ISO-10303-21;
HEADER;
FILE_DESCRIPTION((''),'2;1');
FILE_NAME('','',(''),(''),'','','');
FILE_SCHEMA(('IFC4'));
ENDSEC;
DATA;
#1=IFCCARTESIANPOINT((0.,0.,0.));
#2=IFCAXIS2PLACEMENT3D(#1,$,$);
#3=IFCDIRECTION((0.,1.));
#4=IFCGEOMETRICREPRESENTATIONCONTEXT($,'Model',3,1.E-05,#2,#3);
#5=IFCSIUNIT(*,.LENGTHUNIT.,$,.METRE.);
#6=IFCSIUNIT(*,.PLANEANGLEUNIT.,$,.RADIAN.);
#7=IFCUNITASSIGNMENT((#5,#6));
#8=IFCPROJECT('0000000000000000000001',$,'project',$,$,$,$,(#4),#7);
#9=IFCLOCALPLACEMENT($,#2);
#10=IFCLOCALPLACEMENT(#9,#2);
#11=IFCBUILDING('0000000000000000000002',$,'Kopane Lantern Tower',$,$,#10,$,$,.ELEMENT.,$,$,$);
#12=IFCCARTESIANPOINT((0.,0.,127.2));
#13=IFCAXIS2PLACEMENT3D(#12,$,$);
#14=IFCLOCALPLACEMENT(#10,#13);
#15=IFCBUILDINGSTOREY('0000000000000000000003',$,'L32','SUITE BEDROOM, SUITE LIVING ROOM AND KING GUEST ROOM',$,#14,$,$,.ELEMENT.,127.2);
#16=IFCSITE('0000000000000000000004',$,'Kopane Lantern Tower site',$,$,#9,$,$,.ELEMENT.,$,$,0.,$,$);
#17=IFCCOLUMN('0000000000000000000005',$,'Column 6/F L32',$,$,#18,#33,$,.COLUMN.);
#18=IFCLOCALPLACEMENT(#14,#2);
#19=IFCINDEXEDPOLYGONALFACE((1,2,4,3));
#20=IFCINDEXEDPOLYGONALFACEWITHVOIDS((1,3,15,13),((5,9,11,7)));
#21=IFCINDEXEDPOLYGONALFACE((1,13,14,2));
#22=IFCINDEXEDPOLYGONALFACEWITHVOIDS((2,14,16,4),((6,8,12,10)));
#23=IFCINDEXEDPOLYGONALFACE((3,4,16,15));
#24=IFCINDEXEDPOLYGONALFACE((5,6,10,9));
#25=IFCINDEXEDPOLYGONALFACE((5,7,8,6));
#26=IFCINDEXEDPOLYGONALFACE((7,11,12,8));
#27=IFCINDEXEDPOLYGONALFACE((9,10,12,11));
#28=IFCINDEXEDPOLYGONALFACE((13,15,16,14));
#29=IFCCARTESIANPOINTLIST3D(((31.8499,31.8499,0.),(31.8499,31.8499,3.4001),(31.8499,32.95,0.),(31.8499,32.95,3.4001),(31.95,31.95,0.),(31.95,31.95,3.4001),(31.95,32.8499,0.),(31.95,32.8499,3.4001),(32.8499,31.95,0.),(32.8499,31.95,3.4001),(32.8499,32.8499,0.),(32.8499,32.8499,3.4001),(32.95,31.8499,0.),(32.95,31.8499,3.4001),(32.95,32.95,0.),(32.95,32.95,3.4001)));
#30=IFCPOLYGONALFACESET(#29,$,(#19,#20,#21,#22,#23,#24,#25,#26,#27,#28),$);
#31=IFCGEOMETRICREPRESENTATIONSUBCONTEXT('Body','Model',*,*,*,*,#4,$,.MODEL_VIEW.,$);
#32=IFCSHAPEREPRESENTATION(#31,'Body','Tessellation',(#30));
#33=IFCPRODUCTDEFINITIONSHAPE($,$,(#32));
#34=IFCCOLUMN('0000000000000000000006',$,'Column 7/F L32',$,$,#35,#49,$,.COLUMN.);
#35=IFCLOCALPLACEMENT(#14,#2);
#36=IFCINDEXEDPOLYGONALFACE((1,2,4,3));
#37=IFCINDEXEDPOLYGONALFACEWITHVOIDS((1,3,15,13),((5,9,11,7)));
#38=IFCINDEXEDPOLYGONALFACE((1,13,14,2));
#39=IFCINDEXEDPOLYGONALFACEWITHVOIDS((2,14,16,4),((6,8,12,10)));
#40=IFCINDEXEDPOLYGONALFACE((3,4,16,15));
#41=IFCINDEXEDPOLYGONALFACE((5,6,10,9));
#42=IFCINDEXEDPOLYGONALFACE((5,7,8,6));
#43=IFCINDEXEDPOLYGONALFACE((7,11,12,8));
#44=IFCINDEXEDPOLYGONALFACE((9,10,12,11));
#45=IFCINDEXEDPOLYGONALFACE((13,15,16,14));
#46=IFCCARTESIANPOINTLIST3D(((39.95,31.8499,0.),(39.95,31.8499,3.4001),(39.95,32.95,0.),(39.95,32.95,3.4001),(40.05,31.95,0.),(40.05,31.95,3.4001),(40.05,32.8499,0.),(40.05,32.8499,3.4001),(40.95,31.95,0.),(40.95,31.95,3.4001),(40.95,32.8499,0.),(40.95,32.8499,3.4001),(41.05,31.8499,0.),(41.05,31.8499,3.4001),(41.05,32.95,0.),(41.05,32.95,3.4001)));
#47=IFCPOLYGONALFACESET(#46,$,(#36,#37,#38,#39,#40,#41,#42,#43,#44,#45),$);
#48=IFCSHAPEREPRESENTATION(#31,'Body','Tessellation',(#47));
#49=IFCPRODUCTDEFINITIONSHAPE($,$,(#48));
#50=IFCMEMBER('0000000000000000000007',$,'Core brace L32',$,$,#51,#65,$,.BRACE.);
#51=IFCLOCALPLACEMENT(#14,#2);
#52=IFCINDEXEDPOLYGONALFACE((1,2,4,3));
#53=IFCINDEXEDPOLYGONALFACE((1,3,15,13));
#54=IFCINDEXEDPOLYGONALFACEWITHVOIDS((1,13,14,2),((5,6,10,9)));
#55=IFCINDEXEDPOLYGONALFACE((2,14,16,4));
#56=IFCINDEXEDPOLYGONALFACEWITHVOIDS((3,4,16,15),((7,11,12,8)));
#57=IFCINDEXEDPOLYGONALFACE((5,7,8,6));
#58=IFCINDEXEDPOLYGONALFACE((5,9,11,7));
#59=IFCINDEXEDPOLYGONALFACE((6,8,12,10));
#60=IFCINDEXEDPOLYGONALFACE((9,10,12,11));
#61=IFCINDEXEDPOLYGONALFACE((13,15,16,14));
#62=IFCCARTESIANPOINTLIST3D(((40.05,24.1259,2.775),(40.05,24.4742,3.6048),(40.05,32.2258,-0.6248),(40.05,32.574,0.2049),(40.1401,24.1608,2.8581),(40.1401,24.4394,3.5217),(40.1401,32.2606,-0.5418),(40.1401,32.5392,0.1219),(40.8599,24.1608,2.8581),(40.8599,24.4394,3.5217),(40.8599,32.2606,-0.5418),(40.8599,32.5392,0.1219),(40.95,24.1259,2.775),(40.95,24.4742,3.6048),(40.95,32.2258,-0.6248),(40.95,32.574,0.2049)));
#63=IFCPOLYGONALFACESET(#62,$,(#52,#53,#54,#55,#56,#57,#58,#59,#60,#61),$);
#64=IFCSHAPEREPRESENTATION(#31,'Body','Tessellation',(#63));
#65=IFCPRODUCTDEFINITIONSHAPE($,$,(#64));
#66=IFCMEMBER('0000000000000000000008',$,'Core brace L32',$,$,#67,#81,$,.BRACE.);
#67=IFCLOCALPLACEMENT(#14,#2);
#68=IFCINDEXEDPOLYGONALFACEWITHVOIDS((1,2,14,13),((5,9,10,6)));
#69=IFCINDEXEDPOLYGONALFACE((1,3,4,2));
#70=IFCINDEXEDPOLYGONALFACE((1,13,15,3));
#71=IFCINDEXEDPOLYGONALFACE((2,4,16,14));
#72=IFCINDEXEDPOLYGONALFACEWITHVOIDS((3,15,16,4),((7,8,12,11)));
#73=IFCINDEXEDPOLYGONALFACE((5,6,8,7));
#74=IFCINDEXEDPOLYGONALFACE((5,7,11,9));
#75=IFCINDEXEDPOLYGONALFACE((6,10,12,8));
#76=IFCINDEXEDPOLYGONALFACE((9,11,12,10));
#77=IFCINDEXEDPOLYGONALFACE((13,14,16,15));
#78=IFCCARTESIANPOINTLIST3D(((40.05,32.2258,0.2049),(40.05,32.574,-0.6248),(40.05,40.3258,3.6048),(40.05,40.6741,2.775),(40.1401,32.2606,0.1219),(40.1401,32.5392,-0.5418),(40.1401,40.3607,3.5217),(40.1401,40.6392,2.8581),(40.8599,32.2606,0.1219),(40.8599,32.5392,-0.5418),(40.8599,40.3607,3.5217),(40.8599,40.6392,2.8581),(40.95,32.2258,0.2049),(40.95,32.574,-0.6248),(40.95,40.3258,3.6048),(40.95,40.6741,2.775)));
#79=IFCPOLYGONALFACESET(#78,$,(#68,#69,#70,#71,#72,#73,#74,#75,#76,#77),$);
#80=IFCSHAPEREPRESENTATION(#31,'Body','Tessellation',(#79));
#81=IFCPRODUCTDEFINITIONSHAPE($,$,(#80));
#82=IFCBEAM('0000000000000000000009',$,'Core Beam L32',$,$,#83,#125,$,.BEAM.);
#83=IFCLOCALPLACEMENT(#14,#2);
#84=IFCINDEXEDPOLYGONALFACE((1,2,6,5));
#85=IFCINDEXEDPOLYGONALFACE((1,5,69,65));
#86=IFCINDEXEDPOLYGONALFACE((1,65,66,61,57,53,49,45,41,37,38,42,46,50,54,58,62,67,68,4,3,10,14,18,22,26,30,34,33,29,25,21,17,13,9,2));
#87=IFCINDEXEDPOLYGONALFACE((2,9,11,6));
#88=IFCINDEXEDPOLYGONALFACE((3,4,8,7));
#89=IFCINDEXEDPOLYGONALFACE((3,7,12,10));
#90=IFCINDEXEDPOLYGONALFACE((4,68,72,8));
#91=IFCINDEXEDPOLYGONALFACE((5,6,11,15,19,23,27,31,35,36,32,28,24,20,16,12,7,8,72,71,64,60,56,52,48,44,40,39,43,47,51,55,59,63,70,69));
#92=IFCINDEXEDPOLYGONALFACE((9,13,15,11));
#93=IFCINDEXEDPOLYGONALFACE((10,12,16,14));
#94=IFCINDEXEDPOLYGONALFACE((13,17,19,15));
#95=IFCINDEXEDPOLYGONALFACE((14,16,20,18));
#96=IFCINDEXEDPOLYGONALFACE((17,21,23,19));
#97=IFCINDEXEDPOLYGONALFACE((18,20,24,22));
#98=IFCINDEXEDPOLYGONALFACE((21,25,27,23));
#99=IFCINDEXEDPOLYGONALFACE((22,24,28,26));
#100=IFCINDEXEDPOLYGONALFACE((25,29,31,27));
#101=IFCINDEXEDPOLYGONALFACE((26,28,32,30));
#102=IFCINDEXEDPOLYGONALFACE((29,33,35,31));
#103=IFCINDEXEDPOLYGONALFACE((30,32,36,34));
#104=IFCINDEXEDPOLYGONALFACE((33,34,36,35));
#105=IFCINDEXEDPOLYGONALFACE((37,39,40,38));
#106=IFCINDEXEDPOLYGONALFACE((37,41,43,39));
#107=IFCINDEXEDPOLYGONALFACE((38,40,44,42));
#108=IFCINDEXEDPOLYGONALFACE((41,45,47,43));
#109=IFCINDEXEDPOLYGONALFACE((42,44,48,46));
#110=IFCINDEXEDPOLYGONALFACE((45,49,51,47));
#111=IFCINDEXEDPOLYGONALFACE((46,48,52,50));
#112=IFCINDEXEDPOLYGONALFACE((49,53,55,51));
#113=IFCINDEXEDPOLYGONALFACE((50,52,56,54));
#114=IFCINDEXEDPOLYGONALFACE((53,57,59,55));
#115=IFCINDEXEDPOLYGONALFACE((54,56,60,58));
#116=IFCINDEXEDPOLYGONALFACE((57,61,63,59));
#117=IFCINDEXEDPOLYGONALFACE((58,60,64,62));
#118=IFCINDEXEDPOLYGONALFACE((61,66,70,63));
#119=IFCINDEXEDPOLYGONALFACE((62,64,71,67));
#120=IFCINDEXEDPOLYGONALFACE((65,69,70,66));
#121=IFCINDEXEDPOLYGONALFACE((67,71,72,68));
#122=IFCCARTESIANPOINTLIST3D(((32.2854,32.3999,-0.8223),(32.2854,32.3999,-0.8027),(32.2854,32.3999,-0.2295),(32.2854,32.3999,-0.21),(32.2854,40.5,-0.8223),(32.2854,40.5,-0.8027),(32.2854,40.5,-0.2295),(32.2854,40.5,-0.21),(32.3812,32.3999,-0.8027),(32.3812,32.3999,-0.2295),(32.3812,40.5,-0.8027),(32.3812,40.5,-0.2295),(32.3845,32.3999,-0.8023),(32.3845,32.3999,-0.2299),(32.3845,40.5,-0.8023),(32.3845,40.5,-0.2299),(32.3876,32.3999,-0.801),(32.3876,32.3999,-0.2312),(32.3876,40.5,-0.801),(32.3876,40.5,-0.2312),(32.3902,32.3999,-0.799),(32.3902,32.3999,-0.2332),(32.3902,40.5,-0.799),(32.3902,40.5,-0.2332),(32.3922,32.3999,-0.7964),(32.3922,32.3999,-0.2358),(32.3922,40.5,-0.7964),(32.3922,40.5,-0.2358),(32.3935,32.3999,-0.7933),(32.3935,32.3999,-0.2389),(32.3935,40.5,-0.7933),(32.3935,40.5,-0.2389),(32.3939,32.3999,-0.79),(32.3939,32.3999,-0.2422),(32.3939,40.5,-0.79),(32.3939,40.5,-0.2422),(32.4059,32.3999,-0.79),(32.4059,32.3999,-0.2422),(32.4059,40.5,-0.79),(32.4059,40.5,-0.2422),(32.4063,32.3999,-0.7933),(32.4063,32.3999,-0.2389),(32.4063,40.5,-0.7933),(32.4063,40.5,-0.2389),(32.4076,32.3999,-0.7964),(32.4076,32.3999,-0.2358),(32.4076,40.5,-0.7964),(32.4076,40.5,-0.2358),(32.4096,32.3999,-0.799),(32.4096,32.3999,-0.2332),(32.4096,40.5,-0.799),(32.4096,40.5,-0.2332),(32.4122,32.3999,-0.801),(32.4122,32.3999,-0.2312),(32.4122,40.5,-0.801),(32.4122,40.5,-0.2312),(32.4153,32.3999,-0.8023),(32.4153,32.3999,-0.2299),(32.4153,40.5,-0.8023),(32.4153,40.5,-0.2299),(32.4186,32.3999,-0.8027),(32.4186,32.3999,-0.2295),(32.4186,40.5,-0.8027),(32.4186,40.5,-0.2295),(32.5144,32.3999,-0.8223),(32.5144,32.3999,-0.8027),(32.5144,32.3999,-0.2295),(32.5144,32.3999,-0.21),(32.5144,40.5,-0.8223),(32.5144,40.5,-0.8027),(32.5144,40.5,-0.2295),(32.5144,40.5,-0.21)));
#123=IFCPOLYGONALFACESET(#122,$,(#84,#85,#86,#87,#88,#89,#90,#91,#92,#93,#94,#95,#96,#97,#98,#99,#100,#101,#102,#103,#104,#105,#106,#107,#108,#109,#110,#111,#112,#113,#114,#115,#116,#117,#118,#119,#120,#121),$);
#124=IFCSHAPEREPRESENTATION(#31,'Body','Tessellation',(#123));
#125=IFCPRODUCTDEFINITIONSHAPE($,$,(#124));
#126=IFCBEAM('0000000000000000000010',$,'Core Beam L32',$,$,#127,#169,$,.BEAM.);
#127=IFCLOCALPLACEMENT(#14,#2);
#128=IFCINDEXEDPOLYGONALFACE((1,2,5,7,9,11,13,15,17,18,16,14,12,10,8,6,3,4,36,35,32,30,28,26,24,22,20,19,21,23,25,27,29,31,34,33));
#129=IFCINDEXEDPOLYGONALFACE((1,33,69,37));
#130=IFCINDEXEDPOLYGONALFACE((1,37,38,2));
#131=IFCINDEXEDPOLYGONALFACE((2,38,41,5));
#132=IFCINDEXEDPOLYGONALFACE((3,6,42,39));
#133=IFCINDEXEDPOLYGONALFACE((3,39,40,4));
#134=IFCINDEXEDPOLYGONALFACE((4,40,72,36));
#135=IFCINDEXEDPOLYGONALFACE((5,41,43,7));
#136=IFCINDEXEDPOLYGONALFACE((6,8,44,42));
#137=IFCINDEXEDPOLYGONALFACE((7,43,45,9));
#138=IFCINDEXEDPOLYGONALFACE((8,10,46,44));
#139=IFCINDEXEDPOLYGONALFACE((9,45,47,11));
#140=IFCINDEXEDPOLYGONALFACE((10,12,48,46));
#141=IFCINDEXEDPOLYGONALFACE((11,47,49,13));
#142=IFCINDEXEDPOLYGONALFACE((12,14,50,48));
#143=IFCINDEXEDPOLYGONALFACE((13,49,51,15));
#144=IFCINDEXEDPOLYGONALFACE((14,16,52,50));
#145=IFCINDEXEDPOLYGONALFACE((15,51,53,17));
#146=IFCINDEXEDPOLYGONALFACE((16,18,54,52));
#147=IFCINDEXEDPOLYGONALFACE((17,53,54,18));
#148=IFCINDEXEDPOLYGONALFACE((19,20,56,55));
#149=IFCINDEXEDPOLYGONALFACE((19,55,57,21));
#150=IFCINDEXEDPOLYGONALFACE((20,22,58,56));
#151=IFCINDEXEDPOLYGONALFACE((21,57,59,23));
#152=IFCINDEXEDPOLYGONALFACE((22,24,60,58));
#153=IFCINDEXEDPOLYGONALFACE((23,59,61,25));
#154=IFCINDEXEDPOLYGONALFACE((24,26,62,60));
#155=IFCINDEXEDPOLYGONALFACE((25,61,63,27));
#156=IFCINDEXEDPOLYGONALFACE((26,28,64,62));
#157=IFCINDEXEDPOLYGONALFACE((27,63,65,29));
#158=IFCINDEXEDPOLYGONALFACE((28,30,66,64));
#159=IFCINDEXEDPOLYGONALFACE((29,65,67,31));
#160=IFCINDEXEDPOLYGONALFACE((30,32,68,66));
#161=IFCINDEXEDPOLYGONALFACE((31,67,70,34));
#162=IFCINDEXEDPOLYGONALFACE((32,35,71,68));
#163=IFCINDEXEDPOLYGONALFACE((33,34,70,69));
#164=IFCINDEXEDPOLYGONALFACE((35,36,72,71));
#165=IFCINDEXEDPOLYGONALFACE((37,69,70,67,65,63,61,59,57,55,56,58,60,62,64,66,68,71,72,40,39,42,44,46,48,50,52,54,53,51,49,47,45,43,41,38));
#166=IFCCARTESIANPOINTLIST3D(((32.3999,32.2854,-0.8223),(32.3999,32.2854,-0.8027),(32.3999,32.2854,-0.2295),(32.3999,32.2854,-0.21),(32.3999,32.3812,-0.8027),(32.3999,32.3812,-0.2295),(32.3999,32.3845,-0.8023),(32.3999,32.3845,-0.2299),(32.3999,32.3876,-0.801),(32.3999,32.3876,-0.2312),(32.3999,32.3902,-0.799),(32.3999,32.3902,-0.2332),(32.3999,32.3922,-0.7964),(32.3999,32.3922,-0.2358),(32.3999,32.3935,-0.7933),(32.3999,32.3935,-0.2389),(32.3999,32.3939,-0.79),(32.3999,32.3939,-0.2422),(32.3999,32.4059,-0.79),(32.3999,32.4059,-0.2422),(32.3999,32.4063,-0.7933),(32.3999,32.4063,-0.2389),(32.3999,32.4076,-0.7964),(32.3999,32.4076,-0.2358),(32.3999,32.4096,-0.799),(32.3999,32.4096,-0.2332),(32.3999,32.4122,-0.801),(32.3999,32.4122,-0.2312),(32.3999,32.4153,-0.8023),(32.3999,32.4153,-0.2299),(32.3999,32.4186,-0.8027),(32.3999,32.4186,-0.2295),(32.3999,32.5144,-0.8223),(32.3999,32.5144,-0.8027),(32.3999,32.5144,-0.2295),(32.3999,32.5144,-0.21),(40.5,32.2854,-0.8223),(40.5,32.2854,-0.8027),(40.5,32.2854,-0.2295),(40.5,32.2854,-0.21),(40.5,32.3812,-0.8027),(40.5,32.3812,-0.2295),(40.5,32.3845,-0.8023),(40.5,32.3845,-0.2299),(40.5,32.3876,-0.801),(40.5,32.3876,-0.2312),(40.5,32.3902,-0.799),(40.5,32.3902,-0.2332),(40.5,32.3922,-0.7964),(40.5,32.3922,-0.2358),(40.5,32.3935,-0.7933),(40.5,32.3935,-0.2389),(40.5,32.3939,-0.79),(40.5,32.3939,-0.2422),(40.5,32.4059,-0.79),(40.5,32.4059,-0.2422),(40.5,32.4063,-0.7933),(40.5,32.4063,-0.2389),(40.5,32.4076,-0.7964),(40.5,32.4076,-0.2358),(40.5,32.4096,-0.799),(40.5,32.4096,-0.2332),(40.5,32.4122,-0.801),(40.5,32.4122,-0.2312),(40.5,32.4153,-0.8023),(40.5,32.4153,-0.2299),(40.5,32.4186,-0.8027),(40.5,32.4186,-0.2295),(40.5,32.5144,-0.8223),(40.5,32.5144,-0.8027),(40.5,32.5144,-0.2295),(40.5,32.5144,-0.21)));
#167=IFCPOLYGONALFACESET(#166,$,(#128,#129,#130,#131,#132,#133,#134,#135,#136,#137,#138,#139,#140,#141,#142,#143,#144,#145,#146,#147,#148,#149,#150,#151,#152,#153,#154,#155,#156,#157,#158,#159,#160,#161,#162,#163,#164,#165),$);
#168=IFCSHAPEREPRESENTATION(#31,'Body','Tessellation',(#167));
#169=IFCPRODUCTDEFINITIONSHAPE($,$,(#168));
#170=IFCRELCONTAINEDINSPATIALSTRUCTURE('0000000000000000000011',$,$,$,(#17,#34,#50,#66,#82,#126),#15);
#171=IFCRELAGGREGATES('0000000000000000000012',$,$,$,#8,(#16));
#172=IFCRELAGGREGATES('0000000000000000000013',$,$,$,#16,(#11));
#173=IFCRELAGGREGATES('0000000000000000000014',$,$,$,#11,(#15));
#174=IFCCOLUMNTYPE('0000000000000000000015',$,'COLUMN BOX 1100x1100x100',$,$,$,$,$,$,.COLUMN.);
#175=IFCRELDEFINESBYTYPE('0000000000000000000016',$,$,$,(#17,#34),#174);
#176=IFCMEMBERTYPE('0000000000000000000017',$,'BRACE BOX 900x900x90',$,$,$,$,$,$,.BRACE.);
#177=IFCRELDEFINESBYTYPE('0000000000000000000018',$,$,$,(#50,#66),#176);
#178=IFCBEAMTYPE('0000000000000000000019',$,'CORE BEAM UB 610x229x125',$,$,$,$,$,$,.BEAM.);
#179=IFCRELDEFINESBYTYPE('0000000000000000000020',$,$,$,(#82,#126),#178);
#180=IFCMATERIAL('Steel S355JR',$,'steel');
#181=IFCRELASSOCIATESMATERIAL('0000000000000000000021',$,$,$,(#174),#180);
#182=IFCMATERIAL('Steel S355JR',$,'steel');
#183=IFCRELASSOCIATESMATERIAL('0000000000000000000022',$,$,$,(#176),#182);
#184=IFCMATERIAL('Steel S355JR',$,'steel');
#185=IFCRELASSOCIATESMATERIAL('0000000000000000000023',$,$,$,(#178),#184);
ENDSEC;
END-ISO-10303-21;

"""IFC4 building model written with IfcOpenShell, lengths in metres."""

from ifc_helpers import new_model, si_unit, direction, frame, origin, origin_2d, place, context, subcontext, project, spatial, hollow_rectangle, i_section, extrude, material, material_profile, profile_set, type_object, element, save


model = new_model("IFC4")

# Units and contexts
model_context = context("Model", 3, precision=1e-05, world=origin(), true_north=direction((0.0, 1.0)))
body_context = subcontext(model_context, "Body", "Model", "MODEL_VIEW")
ifc_project = project(units=[si_unit("LENGTHUNIT", "METRE"), si_unit("PLANEANGLEUNIT", "RADIAN")], contexts=[model_context])

# Site, building, storey
site_placement = place(None, origin())
site = spatial("IfcSite", under=ifc_project, at=site_placement, Name="Kopane Lantern Tower site", CompositionType="ELEMENT", RefElevation=0.0)
building_placement = place(site_placement, origin())
building = spatial("IfcBuilding", under=site, at=building_placement, Name="Kopane Lantern Tower", CompositionType="ELEMENT")
storey_placement = place(building_placement, frame((0.0, 0.0, 127.2)))
storey = spatial("IfcBuildingStorey", under=building, at=storey_placement, Name="L32", Description="SUITE BEDROOM, SUITE LIVING ROOM AND KING GUEST ROOM", CompositionType="ELEMENT", Elevation=127.2)

# Columns
ifc_material_1 = material(Name="Steel S355JR", Category="steel")
ifc_material_profile_1 = material_profile(ifc_material_1, hollow_rectangle(XDim=1.1001, YDim=1.1001, WallThickness=0.1001, at=origin_2d()), Name="BOX 1100x1100x100")
ifc_profile_set_1 = profile_set([ifc_material_profile_1], Name="Steel S355JR")
column_type = type_object("IfcColumnType", Name="COLUMN BOX 1100x1100x100", PredefinedType="COLUMN", material=ifc_profile_set_1)
for number, where, z_axis, x_axis, name in (
    (1, (32.3999, 32.3999, 0.0), (0.0, 0.0, 1.0), (1.0, 0.0, 0.0), "Column 6/F L32"),
    (2, (40.5, 32.3999, 0.0), (0.0, 0.0, 1.0), (1.0, 0.0, 0.0), "Column 7/F L32"),
):
    element("IfcColumn", number, at=place(storey_placement, frame(where, z_axis=z_axis, x_axis=x_axis)), inside=storey, type_object=column_type, Name=name, PredefinedType="COLUMN", context=body_context, shape_type="SweptSolid", body=[
        extrude(hollow_rectangle(XDim=1.1001, YDim=1.1001, WallThickness=0.1001, at=origin_2d()), origin(), (0.0, 0.0, 1.0), 3.4001),
    ])

# Members
ifc_material_2 = material(Name="Steel S355JR", Category="steel")
ifc_material_profile_2 = material_profile(ifc_material_2, hollow_rectangle(XDim=0.8999, YDim=0.8999, WallThickness=0.0901, at=origin_2d()), Name="BOX 900x900x90")
ifc_profile_set_2 = profile_set([ifc_material_profile_2], Name="Steel S355JR")
member_type = type_object("IfcMemberType", Name="BRACE BOX 900x900x90", PredefinedType="BRACE", material=ifc_profile_set_2)
member_1_placement = place(storey_placement, frame((40.5, 32.3999, -0.21), z_axis=(0.0, -0.922065, 0.387035), x_axis=(1.0, 0.0, 0.0)))
element("IfcMember", 3, at=member_1_placement, inside=storey, type_object=member_type, Name="Core brace L32", PredefinedType="BRACE", context=body_context, shape_type="SweptSolid", body=[
    extrude(hollow_rectangle(XDim=0.8999, YDim=0.8999, WallThickness=0.0901, at=origin_2d()), origin(), (0.0, 0.0, 1.0), 8.7844),
])
member_2_placement = place(storey_placement, frame((40.5, 32.3999, -0.21), z_axis=(0.0, 0.922069, 0.387026), x_axis=(-1.0, 0.0, 0.0)))
element("IfcMember", 4, at=member_2_placement, inside=storey, type_object=member_type, Name="Core brace L32", PredefinedType="BRACE", context=body_context, shape_type="SweptSolid", body=[
    extrude(hollow_rectangle(XDim=0.8999, YDim=0.8999, WallThickness=0.0901, at=origin_2d()), origin(), (0.0, 0.0, 1.0), 8.7847),
])

# Beams
ifc_material_3 = material(Name="Steel S355JR", Category="steel")
ifc_material_profile_3 = material_profile(ifc_material_3, i_section(OverallWidth=0.229, OverallDepth=0.6123, WebThickness=0.012, FlangeThickness=0.0195, FilletRadius=0.0127, at=origin_2d()), Name="UB 610x229x125")
ifc_profile_set_3 = profile_set([ifc_material_profile_3], Name="Steel S355JR")
beam_type_1 = type_object("IfcBeamType", Name="CORE BEAM UB 610x229x125", PredefinedType="BEAM", material=ifc_profile_set_3)
for number, where, z_axis, x_axis, name in (
    (5, (32.3999, 32.3999, -0.5161), (0.0, 1.0, 0.0), (-1.0, 0.0, 0.0), "Core Beam L32"),
    (6, (32.3999, 32.3999, -0.5161), (1.0, 0.0, 0.0), (0.0, 1.0, 0.0), "Core Beam L32"),
):
    element("IfcBeam", number, at=place(storey_placement, frame(where, z_axis=z_axis, x_axis=x_axis)), inside=storey, type_object=beam_type_1, Name=name, PredefinedType="BEAM", context=body_context, shape_type="SweptSolid", body=[
        extrude(i_section(OverallWidth=0.229, OverallDepth=0.6123, WebThickness=0.012, FlangeThickness=0.0195, FilletRadius=0.0127, at=origin_2d()), origin(), (0.0, 0.0, 1.0), 8.1001),
    ])

save(model, "model.ifc")
